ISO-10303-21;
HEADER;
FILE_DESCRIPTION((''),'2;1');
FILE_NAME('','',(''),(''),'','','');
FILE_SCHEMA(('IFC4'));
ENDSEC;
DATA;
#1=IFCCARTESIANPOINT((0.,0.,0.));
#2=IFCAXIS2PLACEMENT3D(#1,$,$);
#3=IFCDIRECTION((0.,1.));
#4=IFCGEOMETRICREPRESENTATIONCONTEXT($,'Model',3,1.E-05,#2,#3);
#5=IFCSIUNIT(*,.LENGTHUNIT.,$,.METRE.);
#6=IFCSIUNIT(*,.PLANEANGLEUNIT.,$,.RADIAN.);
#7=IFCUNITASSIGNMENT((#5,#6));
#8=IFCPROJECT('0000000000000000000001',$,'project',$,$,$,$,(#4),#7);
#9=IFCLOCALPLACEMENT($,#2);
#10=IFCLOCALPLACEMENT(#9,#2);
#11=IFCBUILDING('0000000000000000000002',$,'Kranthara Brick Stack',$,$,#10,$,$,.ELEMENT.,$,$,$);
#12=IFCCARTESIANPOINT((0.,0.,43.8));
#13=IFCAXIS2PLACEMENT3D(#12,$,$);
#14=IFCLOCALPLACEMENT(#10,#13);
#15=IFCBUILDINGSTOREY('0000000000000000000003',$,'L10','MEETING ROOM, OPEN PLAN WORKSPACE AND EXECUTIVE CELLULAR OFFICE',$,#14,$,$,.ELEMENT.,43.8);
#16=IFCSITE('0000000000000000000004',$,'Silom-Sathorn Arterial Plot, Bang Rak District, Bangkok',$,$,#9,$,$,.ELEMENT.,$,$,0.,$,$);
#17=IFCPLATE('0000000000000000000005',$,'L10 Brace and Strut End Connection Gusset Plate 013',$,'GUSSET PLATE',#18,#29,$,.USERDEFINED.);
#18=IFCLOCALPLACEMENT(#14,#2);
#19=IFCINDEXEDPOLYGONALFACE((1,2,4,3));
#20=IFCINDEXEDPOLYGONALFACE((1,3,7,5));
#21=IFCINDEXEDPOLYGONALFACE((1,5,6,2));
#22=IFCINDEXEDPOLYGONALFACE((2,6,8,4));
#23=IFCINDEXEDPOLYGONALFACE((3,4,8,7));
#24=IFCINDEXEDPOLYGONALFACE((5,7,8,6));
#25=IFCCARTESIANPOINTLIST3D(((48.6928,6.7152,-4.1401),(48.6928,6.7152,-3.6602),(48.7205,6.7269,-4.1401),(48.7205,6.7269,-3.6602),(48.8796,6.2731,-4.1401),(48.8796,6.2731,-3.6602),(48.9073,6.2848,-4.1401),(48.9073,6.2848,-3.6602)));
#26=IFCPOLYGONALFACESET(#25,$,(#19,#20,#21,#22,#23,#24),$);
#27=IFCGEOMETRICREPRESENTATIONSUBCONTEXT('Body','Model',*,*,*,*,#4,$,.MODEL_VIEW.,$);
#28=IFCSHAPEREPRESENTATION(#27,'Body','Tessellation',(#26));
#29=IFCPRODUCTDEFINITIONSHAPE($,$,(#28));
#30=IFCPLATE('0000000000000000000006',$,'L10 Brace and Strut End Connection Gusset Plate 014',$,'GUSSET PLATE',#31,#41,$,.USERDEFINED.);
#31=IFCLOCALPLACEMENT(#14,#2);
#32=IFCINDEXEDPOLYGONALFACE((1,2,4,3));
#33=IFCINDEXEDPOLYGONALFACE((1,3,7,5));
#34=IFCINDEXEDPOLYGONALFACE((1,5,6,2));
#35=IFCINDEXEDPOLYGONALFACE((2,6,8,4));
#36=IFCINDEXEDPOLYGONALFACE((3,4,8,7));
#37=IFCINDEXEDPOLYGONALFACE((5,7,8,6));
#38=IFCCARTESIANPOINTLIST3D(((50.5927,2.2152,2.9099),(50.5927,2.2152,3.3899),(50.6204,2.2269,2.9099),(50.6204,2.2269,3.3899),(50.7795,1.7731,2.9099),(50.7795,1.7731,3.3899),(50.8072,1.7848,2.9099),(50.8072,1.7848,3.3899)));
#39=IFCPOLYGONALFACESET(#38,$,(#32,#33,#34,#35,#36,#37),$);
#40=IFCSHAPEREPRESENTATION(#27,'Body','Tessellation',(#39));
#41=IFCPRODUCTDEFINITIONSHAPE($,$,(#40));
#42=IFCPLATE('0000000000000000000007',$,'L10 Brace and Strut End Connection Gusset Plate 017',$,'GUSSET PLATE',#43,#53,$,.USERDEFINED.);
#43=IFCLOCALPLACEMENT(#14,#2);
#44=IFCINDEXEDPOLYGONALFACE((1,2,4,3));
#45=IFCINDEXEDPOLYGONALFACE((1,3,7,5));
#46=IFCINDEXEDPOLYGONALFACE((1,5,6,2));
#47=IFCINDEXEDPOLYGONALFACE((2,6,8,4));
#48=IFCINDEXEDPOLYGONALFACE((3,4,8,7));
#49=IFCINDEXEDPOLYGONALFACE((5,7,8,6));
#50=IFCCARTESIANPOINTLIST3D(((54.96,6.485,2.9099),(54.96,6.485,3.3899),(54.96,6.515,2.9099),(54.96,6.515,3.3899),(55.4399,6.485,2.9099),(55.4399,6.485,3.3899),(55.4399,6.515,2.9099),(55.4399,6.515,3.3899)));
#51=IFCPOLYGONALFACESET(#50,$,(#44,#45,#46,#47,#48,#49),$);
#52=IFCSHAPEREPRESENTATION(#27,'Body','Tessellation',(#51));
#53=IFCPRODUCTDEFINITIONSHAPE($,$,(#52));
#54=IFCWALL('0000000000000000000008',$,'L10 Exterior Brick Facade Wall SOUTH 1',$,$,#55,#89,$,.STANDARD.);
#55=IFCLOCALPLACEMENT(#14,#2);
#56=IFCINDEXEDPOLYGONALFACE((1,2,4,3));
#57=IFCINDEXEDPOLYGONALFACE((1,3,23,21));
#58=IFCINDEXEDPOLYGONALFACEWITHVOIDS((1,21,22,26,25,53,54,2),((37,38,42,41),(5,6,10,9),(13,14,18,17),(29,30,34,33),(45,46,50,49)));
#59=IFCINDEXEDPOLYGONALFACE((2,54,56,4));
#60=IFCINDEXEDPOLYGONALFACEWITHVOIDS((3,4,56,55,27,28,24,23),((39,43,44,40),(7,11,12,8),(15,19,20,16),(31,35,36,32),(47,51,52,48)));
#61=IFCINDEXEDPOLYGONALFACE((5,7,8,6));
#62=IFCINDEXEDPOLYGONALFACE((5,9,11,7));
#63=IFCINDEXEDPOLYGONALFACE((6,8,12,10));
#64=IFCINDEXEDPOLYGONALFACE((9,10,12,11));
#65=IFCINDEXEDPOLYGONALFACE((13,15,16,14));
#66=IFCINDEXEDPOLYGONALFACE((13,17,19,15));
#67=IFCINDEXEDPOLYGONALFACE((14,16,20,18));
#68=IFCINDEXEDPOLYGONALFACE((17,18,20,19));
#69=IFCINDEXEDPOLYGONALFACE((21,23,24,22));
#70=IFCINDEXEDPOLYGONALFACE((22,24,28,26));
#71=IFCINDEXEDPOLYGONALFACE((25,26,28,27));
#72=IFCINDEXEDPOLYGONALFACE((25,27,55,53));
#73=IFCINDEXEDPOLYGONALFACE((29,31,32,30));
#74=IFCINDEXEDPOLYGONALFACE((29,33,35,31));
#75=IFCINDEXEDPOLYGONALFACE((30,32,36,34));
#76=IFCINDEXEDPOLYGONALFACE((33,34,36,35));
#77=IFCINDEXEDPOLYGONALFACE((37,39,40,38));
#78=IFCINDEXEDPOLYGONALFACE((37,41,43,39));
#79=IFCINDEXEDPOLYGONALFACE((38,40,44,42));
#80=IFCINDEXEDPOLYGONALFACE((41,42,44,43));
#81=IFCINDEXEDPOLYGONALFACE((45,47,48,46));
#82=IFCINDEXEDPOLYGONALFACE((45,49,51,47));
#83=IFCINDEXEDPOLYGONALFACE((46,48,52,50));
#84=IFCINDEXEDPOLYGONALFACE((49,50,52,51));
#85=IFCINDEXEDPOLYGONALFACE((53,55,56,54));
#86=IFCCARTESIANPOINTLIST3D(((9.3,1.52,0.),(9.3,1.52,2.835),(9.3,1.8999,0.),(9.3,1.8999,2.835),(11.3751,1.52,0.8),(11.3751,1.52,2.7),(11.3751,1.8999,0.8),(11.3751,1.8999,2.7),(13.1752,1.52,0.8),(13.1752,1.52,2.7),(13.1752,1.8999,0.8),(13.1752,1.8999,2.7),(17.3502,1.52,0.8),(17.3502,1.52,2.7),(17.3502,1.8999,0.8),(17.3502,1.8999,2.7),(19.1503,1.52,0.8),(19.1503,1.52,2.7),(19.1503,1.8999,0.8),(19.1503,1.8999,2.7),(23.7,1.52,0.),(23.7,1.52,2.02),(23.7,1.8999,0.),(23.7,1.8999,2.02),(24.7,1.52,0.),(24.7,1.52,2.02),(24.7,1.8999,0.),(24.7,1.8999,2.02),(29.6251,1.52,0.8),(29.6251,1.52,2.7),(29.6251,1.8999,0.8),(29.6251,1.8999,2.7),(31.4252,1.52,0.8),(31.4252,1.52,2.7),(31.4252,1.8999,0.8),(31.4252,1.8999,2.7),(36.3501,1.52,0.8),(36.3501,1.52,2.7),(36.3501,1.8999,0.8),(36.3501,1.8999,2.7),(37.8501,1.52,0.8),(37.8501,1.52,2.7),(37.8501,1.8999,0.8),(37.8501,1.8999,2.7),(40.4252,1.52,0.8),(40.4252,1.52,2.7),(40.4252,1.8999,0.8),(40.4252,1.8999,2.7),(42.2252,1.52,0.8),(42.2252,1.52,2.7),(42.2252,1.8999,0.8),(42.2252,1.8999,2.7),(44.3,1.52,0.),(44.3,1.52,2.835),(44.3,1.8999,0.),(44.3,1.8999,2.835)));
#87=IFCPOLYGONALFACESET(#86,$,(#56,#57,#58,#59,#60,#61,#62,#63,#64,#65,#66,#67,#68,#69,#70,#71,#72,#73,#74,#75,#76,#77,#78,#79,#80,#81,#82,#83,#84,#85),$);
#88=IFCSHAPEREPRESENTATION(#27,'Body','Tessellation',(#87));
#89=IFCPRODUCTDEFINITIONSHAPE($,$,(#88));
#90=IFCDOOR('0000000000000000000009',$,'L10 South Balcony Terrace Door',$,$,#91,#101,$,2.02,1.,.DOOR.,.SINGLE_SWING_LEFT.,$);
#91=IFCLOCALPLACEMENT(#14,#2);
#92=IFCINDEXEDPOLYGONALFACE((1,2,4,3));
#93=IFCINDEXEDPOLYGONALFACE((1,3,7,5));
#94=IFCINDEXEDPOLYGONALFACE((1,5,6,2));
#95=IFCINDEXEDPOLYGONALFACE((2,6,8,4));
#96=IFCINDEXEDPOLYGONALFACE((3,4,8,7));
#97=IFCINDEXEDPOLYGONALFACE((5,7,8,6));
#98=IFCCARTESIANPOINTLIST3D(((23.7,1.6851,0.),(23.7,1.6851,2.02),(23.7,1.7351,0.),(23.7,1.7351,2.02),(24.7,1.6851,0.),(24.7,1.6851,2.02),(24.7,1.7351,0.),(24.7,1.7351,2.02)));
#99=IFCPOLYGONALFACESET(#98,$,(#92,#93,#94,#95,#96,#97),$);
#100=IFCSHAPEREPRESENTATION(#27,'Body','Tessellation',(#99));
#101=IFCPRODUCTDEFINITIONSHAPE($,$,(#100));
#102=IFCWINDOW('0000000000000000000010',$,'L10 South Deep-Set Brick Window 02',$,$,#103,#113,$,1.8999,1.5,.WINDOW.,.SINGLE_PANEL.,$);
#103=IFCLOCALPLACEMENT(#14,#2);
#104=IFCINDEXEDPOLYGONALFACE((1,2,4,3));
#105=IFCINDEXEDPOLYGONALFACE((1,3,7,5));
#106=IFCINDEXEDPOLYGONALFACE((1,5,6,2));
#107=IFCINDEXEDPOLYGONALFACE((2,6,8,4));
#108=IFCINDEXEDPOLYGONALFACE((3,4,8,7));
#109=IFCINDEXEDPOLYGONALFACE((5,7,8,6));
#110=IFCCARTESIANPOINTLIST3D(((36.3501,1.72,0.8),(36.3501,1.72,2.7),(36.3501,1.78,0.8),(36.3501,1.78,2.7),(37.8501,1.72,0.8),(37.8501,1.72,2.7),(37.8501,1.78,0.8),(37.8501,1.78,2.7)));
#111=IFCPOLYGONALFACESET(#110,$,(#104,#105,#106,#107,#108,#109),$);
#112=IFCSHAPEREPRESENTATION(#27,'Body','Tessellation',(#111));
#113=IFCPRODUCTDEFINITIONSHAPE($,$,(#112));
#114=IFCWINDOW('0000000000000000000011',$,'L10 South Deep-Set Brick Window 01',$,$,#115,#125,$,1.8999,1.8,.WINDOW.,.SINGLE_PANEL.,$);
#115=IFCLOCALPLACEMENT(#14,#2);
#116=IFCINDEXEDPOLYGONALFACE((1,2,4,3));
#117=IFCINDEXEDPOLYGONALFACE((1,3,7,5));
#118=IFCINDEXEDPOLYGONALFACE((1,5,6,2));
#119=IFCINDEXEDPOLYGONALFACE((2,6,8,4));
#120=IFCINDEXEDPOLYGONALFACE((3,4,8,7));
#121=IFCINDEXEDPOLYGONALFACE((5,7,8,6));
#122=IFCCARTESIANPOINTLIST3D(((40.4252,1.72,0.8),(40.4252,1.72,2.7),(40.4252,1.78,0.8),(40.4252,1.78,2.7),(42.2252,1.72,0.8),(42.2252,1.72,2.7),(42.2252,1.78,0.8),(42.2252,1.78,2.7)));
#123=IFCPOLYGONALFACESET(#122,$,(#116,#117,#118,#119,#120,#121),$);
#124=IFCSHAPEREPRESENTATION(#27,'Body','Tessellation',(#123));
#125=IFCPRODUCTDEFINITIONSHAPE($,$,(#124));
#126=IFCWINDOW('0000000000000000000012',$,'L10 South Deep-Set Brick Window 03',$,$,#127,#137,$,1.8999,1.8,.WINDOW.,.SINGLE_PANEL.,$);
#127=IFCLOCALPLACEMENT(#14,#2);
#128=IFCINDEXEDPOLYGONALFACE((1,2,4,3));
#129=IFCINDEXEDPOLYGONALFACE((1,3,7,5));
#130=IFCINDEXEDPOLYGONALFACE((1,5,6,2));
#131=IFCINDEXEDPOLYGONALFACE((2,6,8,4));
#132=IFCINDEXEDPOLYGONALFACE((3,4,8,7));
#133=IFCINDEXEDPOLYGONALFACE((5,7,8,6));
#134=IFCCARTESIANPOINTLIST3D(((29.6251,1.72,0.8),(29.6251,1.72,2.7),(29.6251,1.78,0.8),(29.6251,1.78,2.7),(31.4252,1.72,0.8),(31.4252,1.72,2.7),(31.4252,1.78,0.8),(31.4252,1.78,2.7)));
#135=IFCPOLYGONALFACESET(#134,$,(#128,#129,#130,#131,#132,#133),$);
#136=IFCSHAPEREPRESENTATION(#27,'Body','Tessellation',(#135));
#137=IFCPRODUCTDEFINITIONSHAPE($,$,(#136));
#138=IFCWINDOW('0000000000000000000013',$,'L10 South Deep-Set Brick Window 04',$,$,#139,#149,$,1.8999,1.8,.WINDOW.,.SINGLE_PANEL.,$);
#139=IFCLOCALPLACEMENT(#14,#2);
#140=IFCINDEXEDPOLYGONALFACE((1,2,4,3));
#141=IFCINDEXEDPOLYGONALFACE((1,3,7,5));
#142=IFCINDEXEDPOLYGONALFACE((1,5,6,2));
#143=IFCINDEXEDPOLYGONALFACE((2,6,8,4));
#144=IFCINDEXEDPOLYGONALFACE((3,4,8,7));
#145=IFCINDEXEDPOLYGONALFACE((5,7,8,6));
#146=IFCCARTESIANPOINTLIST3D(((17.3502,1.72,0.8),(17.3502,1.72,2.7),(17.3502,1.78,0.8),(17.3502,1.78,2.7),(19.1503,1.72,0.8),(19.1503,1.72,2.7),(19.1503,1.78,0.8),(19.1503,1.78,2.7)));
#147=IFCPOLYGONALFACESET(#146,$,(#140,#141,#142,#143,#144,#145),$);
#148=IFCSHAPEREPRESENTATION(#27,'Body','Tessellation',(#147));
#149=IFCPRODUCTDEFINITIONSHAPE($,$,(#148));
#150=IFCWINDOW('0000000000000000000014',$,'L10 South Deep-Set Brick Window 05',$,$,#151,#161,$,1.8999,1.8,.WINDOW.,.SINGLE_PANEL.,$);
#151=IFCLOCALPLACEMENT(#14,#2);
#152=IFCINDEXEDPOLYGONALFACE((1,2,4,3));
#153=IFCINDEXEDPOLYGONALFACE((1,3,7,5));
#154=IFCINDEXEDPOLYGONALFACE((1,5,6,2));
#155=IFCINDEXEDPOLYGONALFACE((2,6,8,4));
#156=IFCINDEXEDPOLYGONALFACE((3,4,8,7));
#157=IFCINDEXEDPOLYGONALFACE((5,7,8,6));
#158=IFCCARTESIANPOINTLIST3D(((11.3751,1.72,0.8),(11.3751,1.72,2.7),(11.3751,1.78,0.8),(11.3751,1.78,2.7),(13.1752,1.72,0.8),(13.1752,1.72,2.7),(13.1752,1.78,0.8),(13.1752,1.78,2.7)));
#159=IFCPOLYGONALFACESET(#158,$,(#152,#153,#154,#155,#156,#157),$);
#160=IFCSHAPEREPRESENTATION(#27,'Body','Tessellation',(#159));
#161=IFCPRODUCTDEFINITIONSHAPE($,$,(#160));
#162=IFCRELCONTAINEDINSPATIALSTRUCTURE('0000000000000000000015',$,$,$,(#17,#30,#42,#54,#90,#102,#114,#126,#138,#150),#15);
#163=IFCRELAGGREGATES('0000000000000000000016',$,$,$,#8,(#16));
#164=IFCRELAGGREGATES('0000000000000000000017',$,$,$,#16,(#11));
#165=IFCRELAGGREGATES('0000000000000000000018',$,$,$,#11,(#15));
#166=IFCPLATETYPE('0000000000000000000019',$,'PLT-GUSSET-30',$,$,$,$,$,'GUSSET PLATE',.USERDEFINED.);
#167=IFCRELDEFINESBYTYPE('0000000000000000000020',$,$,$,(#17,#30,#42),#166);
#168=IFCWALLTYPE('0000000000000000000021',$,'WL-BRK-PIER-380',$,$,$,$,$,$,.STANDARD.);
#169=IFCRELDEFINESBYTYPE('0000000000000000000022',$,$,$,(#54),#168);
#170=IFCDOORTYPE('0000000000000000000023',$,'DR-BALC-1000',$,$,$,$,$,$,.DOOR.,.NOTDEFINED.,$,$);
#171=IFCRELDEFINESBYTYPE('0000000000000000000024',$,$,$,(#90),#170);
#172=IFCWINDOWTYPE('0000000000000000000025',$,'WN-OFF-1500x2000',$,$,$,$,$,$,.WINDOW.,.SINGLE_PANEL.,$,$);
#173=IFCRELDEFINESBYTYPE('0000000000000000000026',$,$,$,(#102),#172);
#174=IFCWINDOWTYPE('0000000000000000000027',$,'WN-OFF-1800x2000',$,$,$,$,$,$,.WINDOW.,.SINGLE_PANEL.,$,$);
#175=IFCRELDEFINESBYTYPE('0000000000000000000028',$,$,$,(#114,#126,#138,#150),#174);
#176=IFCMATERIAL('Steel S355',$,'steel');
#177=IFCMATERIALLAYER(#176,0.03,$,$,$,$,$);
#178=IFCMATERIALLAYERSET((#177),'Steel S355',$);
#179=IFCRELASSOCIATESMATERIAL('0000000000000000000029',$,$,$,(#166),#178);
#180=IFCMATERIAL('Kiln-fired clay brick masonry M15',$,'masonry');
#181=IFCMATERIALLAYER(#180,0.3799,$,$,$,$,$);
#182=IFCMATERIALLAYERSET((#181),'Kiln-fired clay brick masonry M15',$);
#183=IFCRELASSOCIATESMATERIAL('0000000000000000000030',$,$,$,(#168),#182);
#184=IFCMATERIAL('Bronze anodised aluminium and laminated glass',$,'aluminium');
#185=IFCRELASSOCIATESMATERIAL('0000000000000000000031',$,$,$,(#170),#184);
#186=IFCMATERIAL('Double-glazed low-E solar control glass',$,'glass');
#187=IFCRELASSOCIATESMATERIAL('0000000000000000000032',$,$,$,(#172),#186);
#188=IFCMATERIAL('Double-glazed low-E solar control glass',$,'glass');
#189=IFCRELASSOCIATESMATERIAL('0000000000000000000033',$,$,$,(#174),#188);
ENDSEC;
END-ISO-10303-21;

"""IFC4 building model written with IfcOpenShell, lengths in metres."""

from ifc_helpers import new_model, si_unit, direction, frame, frame_2d, origin, origin_2d, place, context, subcontext, project, spatial, rectangle, extrude, material, layer, layer_set, type_object, element, fill, save


model = new_model("IFC4")

# Units and contexts
model_context = context("Model", 3, precision=1e-05, world=origin(), true_north=direction((0.0, 1.0)))
body_context = subcontext(model_context, "Body", "Model", "MODEL_VIEW")
ifc_project = project(units=[si_unit("LENGTHUNIT", "METRE"), si_unit("PLANEANGLEUNIT", "RADIAN")], contexts=[model_context])

# Site, building, storey
site_placement = place(None, origin())
site = spatial("IfcSite", under=ifc_project, at=site_placement, Name="Silom-Sathorn Arterial Plot, Bang Rak District, Bangkok", CompositionType="ELEMENT", RefElevation=0.0)
building_placement = place(site_placement, origin())
building = spatial("IfcBuilding", under=site, at=building_placement, Name="Kranthara Brick Stack", CompositionType="ELEMENT")
storey_placement = place(building_placement, frame((0.0, 0.0, 43.8)))
storey = spatial("IfcBuildingStorey", under=building, at=storey_placement, Name="L10", Description="MEETING ROOM, OPEN PLAN WORKSPACE AND EXECUTIVE CELLULAR OFFICE", CompositionType="ELEMENT", Elevation=43.8)

# Plates
ifc_material_1 = material(Name="Steel S355", Category="steel")
ifc_layer_1 = layer(ifc_material_1, 0.03)
ifc_layer_set_1 = layer_set([ifc_layer_1], Name="Steel S355")
plate_type = type_object("IfcPlateType", Name="PLT-GUSSET-30", ElementType="GUSSET PLATE", PredefinedType="USERDEFINED", material=ifc_layer_set_1)
for number, where, z_axis, x_axis, name in (
    (1, (48.8, 6.5, -4.1401), (0.0, 0.0, 1.0), (-0.389124, 0.921185, 0.0), "L10 Brace and Strut End Connection Gusset Plate 013"),
    (2, (50.7, 2.0, 2.9099), (0.0, 0.0, 1.0), (-0.389124, 0.921185, 0.0), "L10 Brace and Strut End Connection Gusset Plate 014"),
    (3, (55.2, 6.5, 2.9099), (0.0, 0.0, 1.0), (1.0, 0.0, 0.0), "L10 Brace and Strut End Connection Gusset Plate 017"),
):
    element("IfcPlate", number, at=place(storey_placement, frame(where, z_axis=z_axis, x_axis=x_axis)), inside=storey, type_object=plate_type, Name=name, ObjectType="GUSSET PLATE", PredefinedType="USERDEFINED", context=body_context, shape_type="SweptSolid", body=[
        extrude(rectangle(XDim=0.48, YDim=0.03, at=origin_2d()), origin(), (0.0, 0.0, 1.0), 0.48),
    ])

# Wall, openings, door, windows
ifc_material_2 = material(Name="Kiln-fired clay brick masonry M15", Category="masonry")
ifc_layer_2 = layer(ifc_material_2, 0.3799)
ifc_layer_set_2 = layer_set([ifc_layer_2], Name="Kiln-fired clay brick masonry M15")
wall_type_1 = type_object("IfcWallType", Name="WL-BRK-PIER-380", PredefinedType="STANDARD", material=ifc_layer_set_2)
wall_1_placement = place(storey_placement, frame((44.3, 1.71, 0.0), z_axis=(0.0, 0.0, 1.0), x_axis=(-1.0, 0.0, 0.0)))
wall_1 = element("IfcWall", 4, at=wall_1_placement, inside=storey, type_object=wall_type_1, Name="L10 Exterior Brick Facade Wall SOUTH 1", PredefinedType="STANDARD", context=body_context, shape_type="SweptSolid", body=[
    extrude(rectangle(XDim=35.0, YDim=0.3799, at=frame_2d((17.5, 0.0))), origin(), (0.0, 0.0, 1.0), 2.835),
])
opening_1_placement = place(wall_1_placement, frame((19.6001, 0.0, 0.0)))
opening_1 = element("IfcOpeningElement", 5, at=opening_1_placement, cuts=wall_1, PredefinedType="OPENING", context=body_context, shape_type="SweptSolid", body=[
    extrude(rectangle(XDim=1.0, YDim=2.02, at=frame_2d((0.5, 1.01))), frame((0.0, 0.2, 0.0), z_axis=(0.0, -1.0, 0.0), x_axis=(1.0, 0.0, 0.0)), (0.0, 0.0, 1.0), 0.3999),
])
opening_2_placement = place(wall_1_placement, frame((2.075, 0.0, 0.8)))
opening_2 = element("IfcOpeningElement", 6, at=opening_2_placement, cuts=wall_1, PredefinedType="OPENING", context=body_context, shape_type="SweptSolid", body=[
    extrude(rectangle(XDim=1.8, YDim=1.8999, at=frame_2d((0.8999, 0.95))), frame((0.0, 0.2, 0.0), z_axis=(0.0, -1.0, 0.0), x_axis=(1.0, 0.0, 0.0)), (0.0, 0.0, 1.0), 0.3999),
])
opening_3_placement = place(wall_1_placement, frame((6.45, 0.0, 0.8)))
opening_3 = element("IfcOpeningElement", 7, at=opening_3_placement, cuts=wall_1, PredefinedType="OPENING", context=body_context, shape_type="SweptSolid", body=[
    extrude(rectangle(XDim=1.5, YDim=1.8999, at=frame_2d((0.75, 0.95))), frame((0.0, 0.2, 0.0), z_axis=(0.0, -1.0, 0.0), x_axis=(1.0, 0.0, 0.0)), (0.0, 0.0, 1.0), 0.3999),
])
opening_4_placement = place(wall_1_placement, frame((12.875, 0.0, 0.8)))
opening_4 = element("IfcOpeningElement", 8, at=opening_4_placement, cuts=wall_1, PredefinedType="OPENING", context=body_context, shape_type="SweptSolid", body=[
    extrude(rectangle(XDim=1.8, YDim=1.8999, at=frame_2d((0.8999, 0.95))), frame((0.0, 0.2, 0.0), z_axis=(0.0, -1.0, 0.0), x_axis=(1.0, 0.0, 0.0)), (0.0, 0.0, 1.0), 0.3999),
])
opening_5_placement = place(wall_1_placement, frame((25.1499, 0.0, 0.8)))
opening_5 = element("IfcOpeningElement", 9, at=opening_5_placement, cuts=wall_1, PredefinedType="OPENING", context=body_context, shape_type="SweptSolid", body=[
    extrude(rectangle(XDim=1.8, YDim=1.8999, at=frame_2d((0.8999, 0.95))), frame((0.0, 0.2, 0.0), z_axis=(0.0, -1.0, 0.0), x_axis=(1.0, 0.0, 0.0)), (0.0, 0.0, 1.0), 0.3999),
])
opening_6_placement = place(wall_1_placement, frame((31.125, 0.0, 0.8)))
opening_6 = element("IfcOpeningElement", 10, at=opening_6_placement, cuts=wall_1, PredefinedType="OPENING", context=body_context, shape_type="SweptSolid", body=[
    extrude(rectangle(XDim=1.8, YDim=1.8999, at=frame_2d((0.8999, 0.95))), frame((0.0, 0.2, 0.0), z_axis=(0.0, -1.0, 0.0), x_axis=(1.0, 0.0, 0.0)), (0.0, 0.0, 1.0), 0.3999),
])
ifc_material_3 = material(Name="Bronze anodised aluminium and laminated glass", Category="aluminium")
door_type = type_object("IfcDoorType", Name="DR-BALC-1000", OperationType="NOTDEFINED", PredefinedType="DOOR", material=ifc_material_3)
door_placement = place(opening_1_placement, origin())
door = element("IfcDoor", 11, at=door_placement, inside=storey, type_object=door_type, Name="L10 South Balcony Terrace Door", OperationType="SINGLE_SWING_LEFT", OverallHeight=2.02, OverallWidth=1.0, PredefinedType="DOOR", context=body_context, shape_type="SweptSolid", body=[
    extrude(rectangle(XDim=1.0, YDim=2.02, at=frame_2d((0.5, 1.01))), frame((0.0, 0.0249, 0.0), z_axis=(0.0, -1.0, 0.0), x_axis=(1.0, 0.0, 0.0)), (0.0, 0.0, 1.0), 0.05),
])
fill(opening_1, door)
ifc_material_4 = material(Name="Double-glazed low-E solar control glass", Category="glass")
window_type_1 = type_object("IfcWindowType", Name="WN-OFF-1500x2000", PartitioningType="SINGLE_PANEL", PredefinedType="WINDOW", material=ifc_material_4)
window_1_placement = place(opening_3_placement, origin())
window_1 = element("IfcWindow", 12, at=window_1_placement, inside=storey, type_object=window_type_1, Name="L10 South Deep-Set Brick Window 02", OverallHeight=1.8999, OverallWidth=1.5, PartitioningType="SINGLE_PANEL", PredefinedType="WINDOW", context=body_context, shape_type="SweptSolid", body=[
    extrude(rectangle(XDim=1.5, YDim=1.8999, at=frame_2d((0.75, 0.95))), frame((0.0, -0.01, 0.0), z_axis=(0.0, -1.0, 0.0), x_axis=(1.0, 0.0, 0.0)), (0.0, 0.0, 1.0), 0.0601),
])
fill(opening_3, window_1)
ifc_material_5 = material(Name="Double-glazed low-E solar control glass", Category="glass")
window_type_2 = type_object("IfcWindowType", Name="WN-OFF-1800x2000", PartitioningType="SINGLE_PANEL", PredefinedType="WINDOW", material=ifc_material_5)
window_2_placement = place(opening_2_placement, origin())
window_2 = element("IfcWindow", 13, at=window_2_placement, inside=storey, type_object=window_type_2, Name="L10 South Deep-Set Brick Window 01", OverallHeight=1.8999, OverallWidth=1.8, PartitioningType="SINGLE_PANEL", PredefinedType="WINDOW", context=body_context, shape_type="SweptSolid", body=[
    extrude(rectangle(XDim=1.8, YDim=1.8999, at=frame_2d((0.8999, 0.95))), frame((0.0, -0.01, 0.0), z_axis=(0.0, -1.0, 0.0), x_axis=(1.0, 0.0, 0.0)), (0.0, 0.0, 1.0), 0.0601),
])
fill(opening_2, window_2)
window_3_placement = place(opening_4_placement, origin())
window_3 = element("IfcWindow", 14, at=window_3_placement, inside=storey, type_object=window_type_2, Name="L10 South Deep-Set Brick Window 03", OverallHeight=1.8999, OverallWidth=1.8, PartitioningType="SINGLE_PANEL", PredefinedType="WINDOW", context=body_context, shape_type="SweptSolid", body=[
    extrude(rectangle(XDim=1.8, YDim=1.8999, at=frame_2d((0.8999, 0.95))), frame((0.0, -0.01, 0.0), z_axis=(0.0, -1.0, 0.0), x_axis=(1.0, 0.0, 0.0)), (0.0, 0.0, 1.0), 0.0601),
])
fill(opening_4, window_3)
window_4_placement = place(opening_5_placement, origin())
window_4 = element("IfcWindow", 15, at=window_4_placement, inside=storey, type_object=window_type_2, Name="L10 South Deep-Set Brick Window 04", OverallHeight=1.8999, OverallWidth=1.8, PartitioningType="SINGLE_PANEL", PredefinedType="WINDOW", context=body_context, shape_type="SweptSolid", body=[
    extrude(rectangle(XDim=1.8, YDim=1.8999, at=frame_2d((0.8999, 0.95))), frame((0.0, -0.01, 0.0), z_axis=(0.0, -1.0, 0.0), x_axis=(1.0, 0.0, 0.0)), (0.0, 0.0, 1.0), 0.0601),
])
fill(opening_5, window_4)
window_5_placement = place(opening_6_placement, origin())
window_5 = element("IfcWindow", 16, at=window_5_placement, inside=storey, type_object=window_type_2, Name="L10 South Deep-Set Brick Window 05", OverallHeight=1.8999, OverallWidth=1.8, PartitioningType="SINGLE_PANEL", PredefinedType="WINDOW", context=body_context, shape_type="SweptSolid", body=[
    extrude(rectangle(XDim=1.8, YDim=1.8999, at=frame_2d((0.8999, 0.95))), frame((0.0, -0.01, 0.0), z_axis=(0.0, -1.0, 0.0), x_axis=(1.0, 0.0, 0.0)), (0.0, 0.0, 1.0), 0.0601),
])
fill(opening_6, window_5)

save(model, "model.ifc")
